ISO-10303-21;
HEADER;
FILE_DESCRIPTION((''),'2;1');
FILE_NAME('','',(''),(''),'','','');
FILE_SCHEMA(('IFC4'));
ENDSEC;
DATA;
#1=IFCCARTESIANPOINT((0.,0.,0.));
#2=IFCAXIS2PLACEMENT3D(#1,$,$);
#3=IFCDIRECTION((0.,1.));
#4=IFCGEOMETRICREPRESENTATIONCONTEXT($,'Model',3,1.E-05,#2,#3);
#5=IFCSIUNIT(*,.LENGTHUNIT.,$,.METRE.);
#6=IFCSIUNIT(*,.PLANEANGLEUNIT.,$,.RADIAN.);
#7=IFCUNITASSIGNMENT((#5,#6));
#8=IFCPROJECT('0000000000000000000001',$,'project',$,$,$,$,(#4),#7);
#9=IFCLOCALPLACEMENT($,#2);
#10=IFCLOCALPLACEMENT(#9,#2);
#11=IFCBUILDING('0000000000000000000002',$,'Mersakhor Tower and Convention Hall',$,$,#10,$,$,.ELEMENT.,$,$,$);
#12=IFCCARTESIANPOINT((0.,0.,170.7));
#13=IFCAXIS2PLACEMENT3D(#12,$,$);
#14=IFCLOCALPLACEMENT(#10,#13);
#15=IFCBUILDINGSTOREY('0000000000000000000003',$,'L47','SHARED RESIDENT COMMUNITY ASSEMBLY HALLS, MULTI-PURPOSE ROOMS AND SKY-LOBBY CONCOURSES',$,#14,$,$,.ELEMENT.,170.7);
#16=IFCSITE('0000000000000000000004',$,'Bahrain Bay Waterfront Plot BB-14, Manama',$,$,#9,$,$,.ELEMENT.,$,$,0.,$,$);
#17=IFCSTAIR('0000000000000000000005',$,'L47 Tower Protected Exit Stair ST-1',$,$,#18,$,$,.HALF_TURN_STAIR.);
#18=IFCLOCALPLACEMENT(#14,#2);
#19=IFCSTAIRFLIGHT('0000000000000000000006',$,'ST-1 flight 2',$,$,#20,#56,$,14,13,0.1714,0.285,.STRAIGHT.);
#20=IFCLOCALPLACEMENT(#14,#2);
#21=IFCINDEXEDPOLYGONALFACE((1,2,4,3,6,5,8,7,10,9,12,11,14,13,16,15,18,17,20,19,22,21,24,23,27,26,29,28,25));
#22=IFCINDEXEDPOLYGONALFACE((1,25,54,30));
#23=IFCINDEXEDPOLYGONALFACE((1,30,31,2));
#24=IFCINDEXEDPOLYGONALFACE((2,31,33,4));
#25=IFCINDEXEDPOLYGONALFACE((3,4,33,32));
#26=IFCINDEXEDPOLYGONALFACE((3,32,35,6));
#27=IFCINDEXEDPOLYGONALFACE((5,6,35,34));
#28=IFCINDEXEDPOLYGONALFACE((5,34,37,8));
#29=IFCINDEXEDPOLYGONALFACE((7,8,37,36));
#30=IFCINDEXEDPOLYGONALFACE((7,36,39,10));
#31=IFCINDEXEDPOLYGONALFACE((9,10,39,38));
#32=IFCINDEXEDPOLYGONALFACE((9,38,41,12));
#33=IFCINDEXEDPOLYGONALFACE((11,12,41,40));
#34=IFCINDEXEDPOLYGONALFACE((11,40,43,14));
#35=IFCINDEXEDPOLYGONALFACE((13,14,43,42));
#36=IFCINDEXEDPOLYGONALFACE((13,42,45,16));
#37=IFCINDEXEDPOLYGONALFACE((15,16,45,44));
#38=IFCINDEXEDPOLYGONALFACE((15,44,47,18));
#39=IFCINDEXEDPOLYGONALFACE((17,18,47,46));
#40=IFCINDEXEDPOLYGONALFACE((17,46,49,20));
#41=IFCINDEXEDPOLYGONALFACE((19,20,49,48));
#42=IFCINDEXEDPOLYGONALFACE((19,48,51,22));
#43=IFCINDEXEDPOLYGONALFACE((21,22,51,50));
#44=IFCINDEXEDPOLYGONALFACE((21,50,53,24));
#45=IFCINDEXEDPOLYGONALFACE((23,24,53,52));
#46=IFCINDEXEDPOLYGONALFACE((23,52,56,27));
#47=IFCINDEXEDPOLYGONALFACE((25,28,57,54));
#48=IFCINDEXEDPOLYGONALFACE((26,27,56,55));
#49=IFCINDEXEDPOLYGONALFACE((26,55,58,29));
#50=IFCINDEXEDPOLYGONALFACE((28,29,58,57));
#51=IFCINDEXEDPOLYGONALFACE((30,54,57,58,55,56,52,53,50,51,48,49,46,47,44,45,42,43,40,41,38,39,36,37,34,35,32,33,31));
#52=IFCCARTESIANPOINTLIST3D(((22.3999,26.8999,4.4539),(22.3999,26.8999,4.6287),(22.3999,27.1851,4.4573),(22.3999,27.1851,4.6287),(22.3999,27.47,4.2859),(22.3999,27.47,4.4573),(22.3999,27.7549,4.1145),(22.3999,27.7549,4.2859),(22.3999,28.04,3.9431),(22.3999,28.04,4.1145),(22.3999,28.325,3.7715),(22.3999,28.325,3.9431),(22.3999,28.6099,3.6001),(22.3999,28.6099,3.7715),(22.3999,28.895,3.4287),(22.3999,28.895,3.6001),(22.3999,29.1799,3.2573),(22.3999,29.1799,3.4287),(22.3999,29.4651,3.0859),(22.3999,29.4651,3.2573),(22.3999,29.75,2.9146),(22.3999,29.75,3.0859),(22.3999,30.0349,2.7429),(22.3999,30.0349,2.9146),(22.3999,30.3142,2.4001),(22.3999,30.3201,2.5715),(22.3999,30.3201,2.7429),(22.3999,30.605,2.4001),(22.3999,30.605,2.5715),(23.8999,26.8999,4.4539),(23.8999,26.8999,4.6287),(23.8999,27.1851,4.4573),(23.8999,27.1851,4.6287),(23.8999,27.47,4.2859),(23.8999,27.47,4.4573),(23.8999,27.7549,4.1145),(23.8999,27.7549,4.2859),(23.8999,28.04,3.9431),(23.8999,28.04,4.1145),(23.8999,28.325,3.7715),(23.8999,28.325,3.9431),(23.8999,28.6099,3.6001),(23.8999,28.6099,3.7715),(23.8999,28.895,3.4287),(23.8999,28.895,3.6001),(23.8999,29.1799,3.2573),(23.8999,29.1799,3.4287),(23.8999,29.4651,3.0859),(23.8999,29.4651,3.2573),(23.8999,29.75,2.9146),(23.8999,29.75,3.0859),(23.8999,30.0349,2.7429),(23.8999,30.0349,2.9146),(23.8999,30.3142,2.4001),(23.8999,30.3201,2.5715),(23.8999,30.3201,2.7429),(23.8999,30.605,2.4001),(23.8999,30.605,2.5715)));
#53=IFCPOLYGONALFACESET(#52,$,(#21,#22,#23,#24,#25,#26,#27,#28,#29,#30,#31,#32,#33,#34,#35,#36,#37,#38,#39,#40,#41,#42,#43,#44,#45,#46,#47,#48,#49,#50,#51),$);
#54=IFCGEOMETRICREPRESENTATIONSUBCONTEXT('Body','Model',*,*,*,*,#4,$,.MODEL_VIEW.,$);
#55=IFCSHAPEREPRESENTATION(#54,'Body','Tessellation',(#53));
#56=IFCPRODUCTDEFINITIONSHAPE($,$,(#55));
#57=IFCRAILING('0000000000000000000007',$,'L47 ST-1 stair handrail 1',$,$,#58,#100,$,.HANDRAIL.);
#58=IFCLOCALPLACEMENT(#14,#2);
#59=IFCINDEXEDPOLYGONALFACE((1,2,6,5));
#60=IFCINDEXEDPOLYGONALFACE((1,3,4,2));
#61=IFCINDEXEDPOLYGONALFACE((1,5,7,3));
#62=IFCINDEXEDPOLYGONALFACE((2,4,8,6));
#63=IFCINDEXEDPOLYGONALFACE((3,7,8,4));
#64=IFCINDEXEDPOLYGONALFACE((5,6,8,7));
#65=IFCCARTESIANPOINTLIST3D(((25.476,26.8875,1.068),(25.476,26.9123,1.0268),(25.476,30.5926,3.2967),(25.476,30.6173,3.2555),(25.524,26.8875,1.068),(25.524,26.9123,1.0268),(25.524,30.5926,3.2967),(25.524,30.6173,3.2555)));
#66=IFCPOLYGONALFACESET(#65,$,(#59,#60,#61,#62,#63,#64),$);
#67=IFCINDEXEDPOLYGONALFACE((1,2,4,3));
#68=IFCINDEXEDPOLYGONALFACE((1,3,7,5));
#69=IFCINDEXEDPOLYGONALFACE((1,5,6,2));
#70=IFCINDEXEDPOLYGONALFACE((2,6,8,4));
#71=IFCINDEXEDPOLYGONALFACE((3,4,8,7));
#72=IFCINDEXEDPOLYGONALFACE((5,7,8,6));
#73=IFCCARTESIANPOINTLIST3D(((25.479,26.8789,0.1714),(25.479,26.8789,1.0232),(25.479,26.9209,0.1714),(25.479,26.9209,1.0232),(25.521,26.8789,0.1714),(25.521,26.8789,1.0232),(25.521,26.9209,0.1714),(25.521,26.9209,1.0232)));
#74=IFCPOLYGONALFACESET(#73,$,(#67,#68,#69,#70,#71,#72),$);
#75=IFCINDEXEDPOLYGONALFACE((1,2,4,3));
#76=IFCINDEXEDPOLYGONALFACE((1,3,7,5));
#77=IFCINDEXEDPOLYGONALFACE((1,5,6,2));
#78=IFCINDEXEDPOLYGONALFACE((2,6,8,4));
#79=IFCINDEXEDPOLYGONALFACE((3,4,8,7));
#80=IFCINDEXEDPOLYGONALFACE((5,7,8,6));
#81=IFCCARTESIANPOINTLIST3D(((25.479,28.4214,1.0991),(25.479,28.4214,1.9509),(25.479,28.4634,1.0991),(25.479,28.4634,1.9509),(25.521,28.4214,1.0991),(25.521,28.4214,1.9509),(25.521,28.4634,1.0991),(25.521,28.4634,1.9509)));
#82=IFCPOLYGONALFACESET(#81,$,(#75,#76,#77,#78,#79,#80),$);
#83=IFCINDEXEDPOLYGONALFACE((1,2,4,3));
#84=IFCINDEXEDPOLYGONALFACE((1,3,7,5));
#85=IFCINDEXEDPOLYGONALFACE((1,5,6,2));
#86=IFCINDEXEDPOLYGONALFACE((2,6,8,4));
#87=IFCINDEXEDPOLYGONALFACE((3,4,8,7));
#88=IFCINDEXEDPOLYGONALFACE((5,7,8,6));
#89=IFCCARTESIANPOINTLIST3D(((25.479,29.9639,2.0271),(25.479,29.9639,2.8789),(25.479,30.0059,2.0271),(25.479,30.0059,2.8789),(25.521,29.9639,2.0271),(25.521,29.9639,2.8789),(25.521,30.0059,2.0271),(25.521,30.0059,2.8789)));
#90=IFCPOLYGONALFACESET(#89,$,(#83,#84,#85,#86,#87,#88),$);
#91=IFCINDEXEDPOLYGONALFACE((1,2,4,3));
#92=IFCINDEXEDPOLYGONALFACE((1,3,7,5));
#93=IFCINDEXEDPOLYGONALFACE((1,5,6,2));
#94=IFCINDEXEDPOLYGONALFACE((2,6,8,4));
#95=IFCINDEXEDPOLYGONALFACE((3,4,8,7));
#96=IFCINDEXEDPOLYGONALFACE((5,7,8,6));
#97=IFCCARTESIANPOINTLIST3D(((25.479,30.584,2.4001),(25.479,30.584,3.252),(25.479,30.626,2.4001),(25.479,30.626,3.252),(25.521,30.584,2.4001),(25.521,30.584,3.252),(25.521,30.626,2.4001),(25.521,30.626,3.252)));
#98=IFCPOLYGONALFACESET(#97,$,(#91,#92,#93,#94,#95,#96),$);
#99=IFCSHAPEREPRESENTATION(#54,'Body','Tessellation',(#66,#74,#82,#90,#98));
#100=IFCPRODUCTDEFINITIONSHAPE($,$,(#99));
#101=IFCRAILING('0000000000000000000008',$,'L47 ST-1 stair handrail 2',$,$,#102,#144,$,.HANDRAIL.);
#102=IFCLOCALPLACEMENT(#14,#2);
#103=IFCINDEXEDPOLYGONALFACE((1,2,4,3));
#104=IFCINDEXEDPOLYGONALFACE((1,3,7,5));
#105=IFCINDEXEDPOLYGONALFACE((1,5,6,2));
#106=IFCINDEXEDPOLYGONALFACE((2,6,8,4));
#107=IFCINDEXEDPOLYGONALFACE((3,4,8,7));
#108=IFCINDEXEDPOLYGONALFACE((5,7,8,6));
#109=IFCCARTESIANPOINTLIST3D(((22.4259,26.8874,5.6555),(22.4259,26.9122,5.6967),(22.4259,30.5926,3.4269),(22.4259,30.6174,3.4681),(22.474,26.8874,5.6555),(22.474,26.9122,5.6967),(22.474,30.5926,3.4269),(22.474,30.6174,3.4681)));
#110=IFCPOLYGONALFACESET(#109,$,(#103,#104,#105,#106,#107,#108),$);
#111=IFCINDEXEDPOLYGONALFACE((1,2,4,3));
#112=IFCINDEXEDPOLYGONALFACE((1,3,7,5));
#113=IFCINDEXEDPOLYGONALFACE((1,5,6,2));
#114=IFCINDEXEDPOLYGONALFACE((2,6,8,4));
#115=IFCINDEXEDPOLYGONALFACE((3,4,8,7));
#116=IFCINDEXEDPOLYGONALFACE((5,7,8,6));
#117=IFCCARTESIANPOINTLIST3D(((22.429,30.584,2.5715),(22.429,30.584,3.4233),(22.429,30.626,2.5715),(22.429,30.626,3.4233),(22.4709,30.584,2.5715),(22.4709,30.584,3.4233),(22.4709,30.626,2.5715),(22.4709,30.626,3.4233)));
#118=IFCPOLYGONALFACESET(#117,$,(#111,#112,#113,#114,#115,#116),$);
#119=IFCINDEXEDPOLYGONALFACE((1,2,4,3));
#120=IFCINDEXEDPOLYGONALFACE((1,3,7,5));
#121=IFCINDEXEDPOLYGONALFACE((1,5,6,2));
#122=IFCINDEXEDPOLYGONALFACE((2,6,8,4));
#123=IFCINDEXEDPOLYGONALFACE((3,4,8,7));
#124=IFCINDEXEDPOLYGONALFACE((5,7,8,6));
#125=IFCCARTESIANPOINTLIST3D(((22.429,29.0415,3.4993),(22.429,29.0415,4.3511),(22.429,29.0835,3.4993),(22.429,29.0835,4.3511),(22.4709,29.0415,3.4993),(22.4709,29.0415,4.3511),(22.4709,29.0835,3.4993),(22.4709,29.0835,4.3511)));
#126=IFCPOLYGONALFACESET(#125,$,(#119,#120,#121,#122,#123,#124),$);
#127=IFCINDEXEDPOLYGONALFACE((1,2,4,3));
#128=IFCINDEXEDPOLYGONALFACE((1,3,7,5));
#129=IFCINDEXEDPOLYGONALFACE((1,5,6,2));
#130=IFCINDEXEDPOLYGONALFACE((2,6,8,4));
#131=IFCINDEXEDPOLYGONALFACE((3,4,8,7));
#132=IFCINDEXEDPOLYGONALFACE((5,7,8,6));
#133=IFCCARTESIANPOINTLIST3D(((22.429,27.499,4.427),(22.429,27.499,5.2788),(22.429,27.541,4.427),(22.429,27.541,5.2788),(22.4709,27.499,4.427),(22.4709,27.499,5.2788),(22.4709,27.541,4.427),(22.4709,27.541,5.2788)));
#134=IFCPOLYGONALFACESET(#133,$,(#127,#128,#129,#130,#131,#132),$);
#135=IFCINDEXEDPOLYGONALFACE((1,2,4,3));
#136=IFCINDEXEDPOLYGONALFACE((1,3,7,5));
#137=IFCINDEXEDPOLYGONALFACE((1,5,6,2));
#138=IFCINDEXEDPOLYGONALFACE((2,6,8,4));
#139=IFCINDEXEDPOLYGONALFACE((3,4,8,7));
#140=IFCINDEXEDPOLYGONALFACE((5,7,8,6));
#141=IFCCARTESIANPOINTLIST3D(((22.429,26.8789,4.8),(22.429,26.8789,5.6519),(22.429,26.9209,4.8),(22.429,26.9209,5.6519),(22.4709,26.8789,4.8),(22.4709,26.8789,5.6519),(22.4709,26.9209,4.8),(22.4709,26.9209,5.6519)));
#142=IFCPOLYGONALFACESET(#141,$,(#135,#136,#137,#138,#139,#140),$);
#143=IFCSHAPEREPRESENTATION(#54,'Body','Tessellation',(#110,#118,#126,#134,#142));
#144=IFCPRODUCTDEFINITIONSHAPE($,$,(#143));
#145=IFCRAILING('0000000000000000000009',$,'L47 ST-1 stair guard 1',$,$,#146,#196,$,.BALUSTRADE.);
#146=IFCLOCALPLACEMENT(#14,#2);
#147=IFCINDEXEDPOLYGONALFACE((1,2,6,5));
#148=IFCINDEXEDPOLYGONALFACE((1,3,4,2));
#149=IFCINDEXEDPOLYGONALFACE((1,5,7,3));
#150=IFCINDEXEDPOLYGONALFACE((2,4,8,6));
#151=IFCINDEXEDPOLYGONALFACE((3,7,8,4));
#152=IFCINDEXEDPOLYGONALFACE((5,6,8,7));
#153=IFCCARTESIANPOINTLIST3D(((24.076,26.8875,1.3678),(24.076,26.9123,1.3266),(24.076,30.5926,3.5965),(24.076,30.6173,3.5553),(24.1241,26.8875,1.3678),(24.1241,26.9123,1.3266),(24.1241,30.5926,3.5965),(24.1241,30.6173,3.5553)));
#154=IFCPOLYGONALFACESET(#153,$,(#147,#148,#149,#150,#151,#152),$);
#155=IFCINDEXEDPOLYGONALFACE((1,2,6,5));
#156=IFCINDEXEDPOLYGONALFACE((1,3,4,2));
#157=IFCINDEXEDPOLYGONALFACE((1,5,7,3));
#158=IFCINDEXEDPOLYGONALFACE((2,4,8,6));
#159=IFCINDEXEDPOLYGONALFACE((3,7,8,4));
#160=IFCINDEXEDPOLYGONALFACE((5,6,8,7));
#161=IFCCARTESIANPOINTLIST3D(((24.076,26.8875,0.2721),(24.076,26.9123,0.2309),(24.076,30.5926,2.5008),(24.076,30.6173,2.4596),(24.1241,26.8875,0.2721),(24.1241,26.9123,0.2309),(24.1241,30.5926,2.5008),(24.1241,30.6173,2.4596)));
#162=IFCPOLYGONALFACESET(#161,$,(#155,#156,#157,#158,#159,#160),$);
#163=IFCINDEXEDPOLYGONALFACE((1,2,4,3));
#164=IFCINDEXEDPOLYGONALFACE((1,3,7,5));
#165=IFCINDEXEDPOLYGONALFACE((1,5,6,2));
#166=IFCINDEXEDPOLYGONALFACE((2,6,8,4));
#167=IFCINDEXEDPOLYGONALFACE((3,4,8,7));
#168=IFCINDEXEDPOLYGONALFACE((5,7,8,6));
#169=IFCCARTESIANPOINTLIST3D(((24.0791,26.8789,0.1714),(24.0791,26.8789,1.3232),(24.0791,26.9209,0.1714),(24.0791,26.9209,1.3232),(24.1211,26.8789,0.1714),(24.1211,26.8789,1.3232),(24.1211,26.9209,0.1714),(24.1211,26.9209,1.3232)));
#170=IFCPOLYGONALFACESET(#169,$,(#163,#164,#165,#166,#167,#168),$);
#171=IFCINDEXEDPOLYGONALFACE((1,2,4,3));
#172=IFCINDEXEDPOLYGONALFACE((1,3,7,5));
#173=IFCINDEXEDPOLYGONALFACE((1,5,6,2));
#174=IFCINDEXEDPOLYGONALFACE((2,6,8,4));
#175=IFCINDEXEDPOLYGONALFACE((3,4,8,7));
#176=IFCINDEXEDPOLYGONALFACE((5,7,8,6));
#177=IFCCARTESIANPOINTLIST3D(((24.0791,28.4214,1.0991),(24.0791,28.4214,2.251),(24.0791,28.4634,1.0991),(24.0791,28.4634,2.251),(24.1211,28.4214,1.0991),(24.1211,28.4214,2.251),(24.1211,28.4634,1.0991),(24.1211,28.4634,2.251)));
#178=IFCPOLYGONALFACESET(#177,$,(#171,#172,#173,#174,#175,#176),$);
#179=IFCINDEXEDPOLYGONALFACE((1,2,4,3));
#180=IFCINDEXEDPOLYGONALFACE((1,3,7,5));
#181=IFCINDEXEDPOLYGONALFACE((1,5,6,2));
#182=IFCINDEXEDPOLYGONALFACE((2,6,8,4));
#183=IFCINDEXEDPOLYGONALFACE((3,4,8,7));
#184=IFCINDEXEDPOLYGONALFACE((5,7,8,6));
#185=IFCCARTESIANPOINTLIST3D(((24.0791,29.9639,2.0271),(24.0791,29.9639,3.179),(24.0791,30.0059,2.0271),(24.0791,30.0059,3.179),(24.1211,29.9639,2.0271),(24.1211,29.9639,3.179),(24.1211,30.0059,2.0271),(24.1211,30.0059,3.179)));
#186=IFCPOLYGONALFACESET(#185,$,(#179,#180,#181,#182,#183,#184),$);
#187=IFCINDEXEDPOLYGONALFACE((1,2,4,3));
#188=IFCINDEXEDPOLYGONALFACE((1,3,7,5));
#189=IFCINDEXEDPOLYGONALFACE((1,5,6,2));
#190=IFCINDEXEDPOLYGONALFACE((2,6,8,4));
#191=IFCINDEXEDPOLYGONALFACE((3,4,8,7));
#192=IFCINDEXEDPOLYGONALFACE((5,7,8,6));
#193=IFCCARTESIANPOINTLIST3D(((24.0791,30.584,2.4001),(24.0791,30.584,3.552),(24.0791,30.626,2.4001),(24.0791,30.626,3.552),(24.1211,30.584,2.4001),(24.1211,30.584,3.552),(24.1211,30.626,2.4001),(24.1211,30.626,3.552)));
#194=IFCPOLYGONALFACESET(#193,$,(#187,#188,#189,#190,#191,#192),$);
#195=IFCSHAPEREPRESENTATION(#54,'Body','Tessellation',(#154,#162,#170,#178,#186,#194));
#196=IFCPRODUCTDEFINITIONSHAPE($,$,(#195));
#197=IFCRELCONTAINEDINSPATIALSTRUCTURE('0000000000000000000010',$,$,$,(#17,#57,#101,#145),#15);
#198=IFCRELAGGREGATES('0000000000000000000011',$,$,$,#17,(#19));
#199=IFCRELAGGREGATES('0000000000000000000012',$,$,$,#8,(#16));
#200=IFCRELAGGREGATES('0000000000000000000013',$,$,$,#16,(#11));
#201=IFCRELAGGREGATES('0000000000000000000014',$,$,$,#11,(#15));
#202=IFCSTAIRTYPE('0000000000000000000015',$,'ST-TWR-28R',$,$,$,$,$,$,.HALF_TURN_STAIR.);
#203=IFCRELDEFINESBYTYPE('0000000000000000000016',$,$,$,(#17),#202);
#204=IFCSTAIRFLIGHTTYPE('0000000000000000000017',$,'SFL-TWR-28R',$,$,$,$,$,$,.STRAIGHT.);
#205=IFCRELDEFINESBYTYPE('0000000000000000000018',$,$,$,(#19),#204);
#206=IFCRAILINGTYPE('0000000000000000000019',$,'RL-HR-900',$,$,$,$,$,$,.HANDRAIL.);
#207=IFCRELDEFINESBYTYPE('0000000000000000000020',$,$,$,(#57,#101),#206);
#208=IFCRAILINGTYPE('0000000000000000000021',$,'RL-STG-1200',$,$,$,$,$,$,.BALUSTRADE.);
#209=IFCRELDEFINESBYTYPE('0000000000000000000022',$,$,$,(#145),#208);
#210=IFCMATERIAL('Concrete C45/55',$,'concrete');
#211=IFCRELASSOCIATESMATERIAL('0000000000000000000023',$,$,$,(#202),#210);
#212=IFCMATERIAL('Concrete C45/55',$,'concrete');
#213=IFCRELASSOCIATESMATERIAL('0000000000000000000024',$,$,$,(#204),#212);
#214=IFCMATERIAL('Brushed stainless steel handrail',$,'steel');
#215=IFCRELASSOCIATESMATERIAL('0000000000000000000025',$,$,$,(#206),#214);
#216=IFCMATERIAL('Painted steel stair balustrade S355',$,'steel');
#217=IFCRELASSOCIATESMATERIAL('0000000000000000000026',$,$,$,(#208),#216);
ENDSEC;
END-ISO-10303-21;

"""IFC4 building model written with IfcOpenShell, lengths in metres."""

from ifc_helpers import new_model, si_unit, direction, frame, origin, origin_2d, place, context, subcontext, project, spatial, polyline, rectangle, outline, extrude, material, type_object, element, aggregate, save


model = new_model("IFC4")

# Units and contexts
model_context = context("Model", 3, precision=1e-05, world=origin(), true_north=direction((0.0, 1.0)))
body_context = subcontext(model_context, "Body", "Model", "MODEL_VIEW")
ifc_project = project(units=[si_unit("LENGTHUNIT", "METRE"), si_unit("PLANEANGLEUNIT", "RADIAN")], contexts=[model_context])

# Site, building, storey
site_placement = place(None, origin())
site = spatial("IfcSite", under=ifc_project, at=site_placement, Name="Bahrain Bay Waterfront Plot BB-14, Manama", CompositionType="ELEMENT", RefElevation=0.0)
building_placement = place(site_placement, origin())
building = spatial("IfcBuilding", under=site, at=building_placement, Name="Mersakhor Tower and Convention Hall", CompositionType="ELEMENT")
storey_placement = place(building_placement, frame((0.0, 0.0, 170.7)))
storey = spatial("IfcBuildingStorey", under=building, at=storey_placement, Name="L47", Description="SHARED RESIDENT COMMUNITY ASSEMBLY HALLS, MULTI-PURPOSE ROOMS AND SKY-LOBBY CONCOURSES", CompositionType="ELEMENT", Elevation=170.7)

# Stair, stair flight
ifc_material_1 = material(Name="Concrete C45/55", Category="concrete")
stair_type = type_object("IfcStairType", Name="ST-TWR-28R", PredefinedType="HALF_TURN_STAIR", material=ifc_material_1)
stair_placement = place(storey_placement, origin())
stair = element("IfcStair", 1, at=stair_placement, inside=storey, type_object=stair_type, Name="L47 Tower Protected Exit Stair ST-1", PredefinedType="HALF_TURN_STAIR")
ifc_material_2 = material(Name="Concrete C45/55", Category="concrete")
stair_flight_type = type_object("IfcStairFlightType", Name="SFL-TWR-28R", PredefinedType="STRAIGHT", material=ifc_material_2)
stair_flight_1_placement = place(storey_placement, frame((23.1499, 30.605, 2.4001), z_axis=(0.0, 0.0, 1.0), x_axis=(0.0, -1.0, 0.0)))
stair_flight_1 = element("IfcStairFlight", 2, at=stair_flight_1_placement, type_object=stair_flight_type, Name="ST-1 flight 2", NumberOfRisers=14, NumberOfTreads=13, PredefinedType="STRAIGHT", RiserHeight=0.1714, TreadLength=0.285, context=body_context, shape_type="SweptSolid", body=[
    extrude(outline(polyline([(0.0, 0.0), (0.0, 0.1714), (0.2849, 0.1714), (0.2849, 0.3428), (0.5701, 0.3428), (0.5701, 0.5144), (0.855, 0.5144), (0.855, 0.6858), (1.1399, 0.6858), (1.1399, 0.8572), (1.425, 0.8572), (1.425, 1.0286), (1.71, 1.0286), (1.71, 1.2), (1.9951, 1.2), (1.9951, 1.3713), (2.28, 1.3713), (2.28, 1.543), (2.5649, 1.543), (2.5649, 1.7144), (2.8501, 1.7144), (2.8501, 1.8857), (3.135, 1.8857), (3.135, 2.0571), (3.4199, 2.0571), (3.4199, 2.2285), (3.7051, 2.2285), (3.7051, 2.3999), (3.7051, 2.0537), (0.2908, 0.0), (0.0, 0.0)])), frame((0.0, 0.75, 0.0), z_axis=(0.0, -1.0, 0.0), x_axis=(1.0, 0.0, 0.0)), (0.0, 0.0, 1.0), 1.5),
])
aggregate(stair, [stair_flight_1])

# Railings
ifc_material_3 = material(Name="Brushed stainless steel handrail", Category="steel")
railing_type_1 = type_object("IfcRailingType", Name="RL-HR-900", PredefinedType="HANDRAIL", material=ifc_material_3)
railing_1_placement = place(storey_placement, frame((25.5, 26.8999, 0.1714)))
element("IfcRailing", 3, at=railing_1_placement, inside=storey, type_object=railing_type_1, Name="L47 ST-1 stair handrail 1", PredefinedType="HANDRAIL", context=body_context, shape_type="SweptSolid", body=[
    extrude(rectangle(XDim=0.0481, YDim=0.0481, at=origin_2d()), frame((0.0, 0.0, 0.876), z_axis=(0.0, 0.856909, 0.515467), x_axis=(-1.0, 0.0, 0.0)), (0.0, 0.0, 1.0), 4.3237),
    extrude(rectangle(XDim=0.042, YDim=0.042, at=origin_2d()), origin(), (0.0, 0.0, 1.0), 0.8518),
    extrude(rectangle(XDim=0.042, YDim=0.042, at=origin_2d()), frame((0.0, 1.5425, 0.9277)), (0.0, 0.0, 1.0), 0.8518),
    extrude(rectangle(XDim=0.042, YDim=0.042, at=origin_2d()), frame((0.0, 3.085, 1.8557)), (0.0, 0.0, 1.0), 0.8518),
    extrude(rectangle(XDim=0.042, YDim=0.042, at=origin_2d()), frame((0.0, 3.7051, 2.2288)), (0.0, 0.0, 1.0), 0.8518),
])
railing_2_placement = place(storey_placement, frame((22.45, 30.605, 2.5715)))
element("IfcRailing", 4, at=railing_2_placement, inside=storey, type_object=railing_type_1, Name="L47 ST-1 stair handrail 2", PredefinedType="HANDRAIL", context=body_context, shape_type="SweptSolid", body=[
    extrude(rectangle(XDim=0.0481, YDim=0.0481, at=origin_2d()), frame((0.0, 0.0, 0.876), z_axis=(0.0, -0.856934, 0.515425), x_axis=(1.0, 0.0, 0.0)), (0.0, 0.0, 1.0), 4.3237),
    extrude(rectangle(XDim=0.042, YDim=0.042, at=origin_2d()), origin(), (0.0, 0.0, 1.0), 0.8518),
    extrude(rectangle(XDim=0.042, YDim=0.042, at=origin_2d()), frame((0.0, -1.5425, 0.9277)), (0.0, 0.0, 1.0), 0.8518),
    extrude(rectangle(XDim=0.042, YDim=0.042, at=origin_2d()), frame((0.0, -3.085, 1.8555)), (0.0, 0.0, 1.0), 0.8518),
    extrude(rectangle(XDim=0.042, YDim=0.042, at=origin_2d()), frame((0.0, -3.7051, 2.2285)), (0.0, 0.0, 1.0), 0.8518),
])
ifc_material_4 = material(Name="Painted steel stair balustrade S355", Category="steel")
railing_type_2 = type_object("IfcRailingType", Name="RL-STG-1200", PredefinedType="BALUSTRADE", material=ifc_material_4)
railing_3_placement = place(storey_placement, frame((24.1001, 26.8999, 0.1714)))
element("IfcRailing", 5, at=railing_3_placement, inside=storey, type_object=railing_type_2, Name="L47 ST-1 stair guard 1", PredefinedType="BALUSTRADE", context=body_context, shape_type="SweptSolid", body=[
    extrude(rectangle(XDim=0.0481, YDim=0.0481, at=origin_2d()), frame((0.0, 0.0, 1.1758), z_axis=(0.0, 0.856909, 0.515467), x_axis=(-1.0, 0.0, 0.0)), (0.0, 0.0, 1.0), 4.3237),
    extrude(rectangle(XDim=0.0481, YDim=0.0481, at=origin_2d()), frame((0.0, 0.0, 0.0801), z_axis=(0.0, 0.856909, 0.515467), x_axis=(-1.0, 0.0, 0.0)), (0.0, 0.0, 1.0), 4.3237),
    extrude(rectangle(XDim=0.042, YDim=0.042, at=origin_2d()), origin(), (0.0, 0.0, 1.0), 1.1519),
    extrude(rectangle(XDim=0.042, YDim=0.042, at=origin_2d()), frame((0.0, 1.5425, 0.9277)), (0.0, 0.0, 1.0), 1.1519),
    extrude(rectangle(XDim=0.042, YDim=0.042, at=origin_2d()), frame((0.0, 3.085, 1.8557)), (0.0, 0.0, 1.0), 1.1519),
    extrude(rectangle(XDim=0.042, YDim=0.042, at=origin_2d()), frame((0.0, 3.7051, 2.2288)), (0.0, 0.0, 1.0), 1.1519),
])

save(model, "model.ifc")
